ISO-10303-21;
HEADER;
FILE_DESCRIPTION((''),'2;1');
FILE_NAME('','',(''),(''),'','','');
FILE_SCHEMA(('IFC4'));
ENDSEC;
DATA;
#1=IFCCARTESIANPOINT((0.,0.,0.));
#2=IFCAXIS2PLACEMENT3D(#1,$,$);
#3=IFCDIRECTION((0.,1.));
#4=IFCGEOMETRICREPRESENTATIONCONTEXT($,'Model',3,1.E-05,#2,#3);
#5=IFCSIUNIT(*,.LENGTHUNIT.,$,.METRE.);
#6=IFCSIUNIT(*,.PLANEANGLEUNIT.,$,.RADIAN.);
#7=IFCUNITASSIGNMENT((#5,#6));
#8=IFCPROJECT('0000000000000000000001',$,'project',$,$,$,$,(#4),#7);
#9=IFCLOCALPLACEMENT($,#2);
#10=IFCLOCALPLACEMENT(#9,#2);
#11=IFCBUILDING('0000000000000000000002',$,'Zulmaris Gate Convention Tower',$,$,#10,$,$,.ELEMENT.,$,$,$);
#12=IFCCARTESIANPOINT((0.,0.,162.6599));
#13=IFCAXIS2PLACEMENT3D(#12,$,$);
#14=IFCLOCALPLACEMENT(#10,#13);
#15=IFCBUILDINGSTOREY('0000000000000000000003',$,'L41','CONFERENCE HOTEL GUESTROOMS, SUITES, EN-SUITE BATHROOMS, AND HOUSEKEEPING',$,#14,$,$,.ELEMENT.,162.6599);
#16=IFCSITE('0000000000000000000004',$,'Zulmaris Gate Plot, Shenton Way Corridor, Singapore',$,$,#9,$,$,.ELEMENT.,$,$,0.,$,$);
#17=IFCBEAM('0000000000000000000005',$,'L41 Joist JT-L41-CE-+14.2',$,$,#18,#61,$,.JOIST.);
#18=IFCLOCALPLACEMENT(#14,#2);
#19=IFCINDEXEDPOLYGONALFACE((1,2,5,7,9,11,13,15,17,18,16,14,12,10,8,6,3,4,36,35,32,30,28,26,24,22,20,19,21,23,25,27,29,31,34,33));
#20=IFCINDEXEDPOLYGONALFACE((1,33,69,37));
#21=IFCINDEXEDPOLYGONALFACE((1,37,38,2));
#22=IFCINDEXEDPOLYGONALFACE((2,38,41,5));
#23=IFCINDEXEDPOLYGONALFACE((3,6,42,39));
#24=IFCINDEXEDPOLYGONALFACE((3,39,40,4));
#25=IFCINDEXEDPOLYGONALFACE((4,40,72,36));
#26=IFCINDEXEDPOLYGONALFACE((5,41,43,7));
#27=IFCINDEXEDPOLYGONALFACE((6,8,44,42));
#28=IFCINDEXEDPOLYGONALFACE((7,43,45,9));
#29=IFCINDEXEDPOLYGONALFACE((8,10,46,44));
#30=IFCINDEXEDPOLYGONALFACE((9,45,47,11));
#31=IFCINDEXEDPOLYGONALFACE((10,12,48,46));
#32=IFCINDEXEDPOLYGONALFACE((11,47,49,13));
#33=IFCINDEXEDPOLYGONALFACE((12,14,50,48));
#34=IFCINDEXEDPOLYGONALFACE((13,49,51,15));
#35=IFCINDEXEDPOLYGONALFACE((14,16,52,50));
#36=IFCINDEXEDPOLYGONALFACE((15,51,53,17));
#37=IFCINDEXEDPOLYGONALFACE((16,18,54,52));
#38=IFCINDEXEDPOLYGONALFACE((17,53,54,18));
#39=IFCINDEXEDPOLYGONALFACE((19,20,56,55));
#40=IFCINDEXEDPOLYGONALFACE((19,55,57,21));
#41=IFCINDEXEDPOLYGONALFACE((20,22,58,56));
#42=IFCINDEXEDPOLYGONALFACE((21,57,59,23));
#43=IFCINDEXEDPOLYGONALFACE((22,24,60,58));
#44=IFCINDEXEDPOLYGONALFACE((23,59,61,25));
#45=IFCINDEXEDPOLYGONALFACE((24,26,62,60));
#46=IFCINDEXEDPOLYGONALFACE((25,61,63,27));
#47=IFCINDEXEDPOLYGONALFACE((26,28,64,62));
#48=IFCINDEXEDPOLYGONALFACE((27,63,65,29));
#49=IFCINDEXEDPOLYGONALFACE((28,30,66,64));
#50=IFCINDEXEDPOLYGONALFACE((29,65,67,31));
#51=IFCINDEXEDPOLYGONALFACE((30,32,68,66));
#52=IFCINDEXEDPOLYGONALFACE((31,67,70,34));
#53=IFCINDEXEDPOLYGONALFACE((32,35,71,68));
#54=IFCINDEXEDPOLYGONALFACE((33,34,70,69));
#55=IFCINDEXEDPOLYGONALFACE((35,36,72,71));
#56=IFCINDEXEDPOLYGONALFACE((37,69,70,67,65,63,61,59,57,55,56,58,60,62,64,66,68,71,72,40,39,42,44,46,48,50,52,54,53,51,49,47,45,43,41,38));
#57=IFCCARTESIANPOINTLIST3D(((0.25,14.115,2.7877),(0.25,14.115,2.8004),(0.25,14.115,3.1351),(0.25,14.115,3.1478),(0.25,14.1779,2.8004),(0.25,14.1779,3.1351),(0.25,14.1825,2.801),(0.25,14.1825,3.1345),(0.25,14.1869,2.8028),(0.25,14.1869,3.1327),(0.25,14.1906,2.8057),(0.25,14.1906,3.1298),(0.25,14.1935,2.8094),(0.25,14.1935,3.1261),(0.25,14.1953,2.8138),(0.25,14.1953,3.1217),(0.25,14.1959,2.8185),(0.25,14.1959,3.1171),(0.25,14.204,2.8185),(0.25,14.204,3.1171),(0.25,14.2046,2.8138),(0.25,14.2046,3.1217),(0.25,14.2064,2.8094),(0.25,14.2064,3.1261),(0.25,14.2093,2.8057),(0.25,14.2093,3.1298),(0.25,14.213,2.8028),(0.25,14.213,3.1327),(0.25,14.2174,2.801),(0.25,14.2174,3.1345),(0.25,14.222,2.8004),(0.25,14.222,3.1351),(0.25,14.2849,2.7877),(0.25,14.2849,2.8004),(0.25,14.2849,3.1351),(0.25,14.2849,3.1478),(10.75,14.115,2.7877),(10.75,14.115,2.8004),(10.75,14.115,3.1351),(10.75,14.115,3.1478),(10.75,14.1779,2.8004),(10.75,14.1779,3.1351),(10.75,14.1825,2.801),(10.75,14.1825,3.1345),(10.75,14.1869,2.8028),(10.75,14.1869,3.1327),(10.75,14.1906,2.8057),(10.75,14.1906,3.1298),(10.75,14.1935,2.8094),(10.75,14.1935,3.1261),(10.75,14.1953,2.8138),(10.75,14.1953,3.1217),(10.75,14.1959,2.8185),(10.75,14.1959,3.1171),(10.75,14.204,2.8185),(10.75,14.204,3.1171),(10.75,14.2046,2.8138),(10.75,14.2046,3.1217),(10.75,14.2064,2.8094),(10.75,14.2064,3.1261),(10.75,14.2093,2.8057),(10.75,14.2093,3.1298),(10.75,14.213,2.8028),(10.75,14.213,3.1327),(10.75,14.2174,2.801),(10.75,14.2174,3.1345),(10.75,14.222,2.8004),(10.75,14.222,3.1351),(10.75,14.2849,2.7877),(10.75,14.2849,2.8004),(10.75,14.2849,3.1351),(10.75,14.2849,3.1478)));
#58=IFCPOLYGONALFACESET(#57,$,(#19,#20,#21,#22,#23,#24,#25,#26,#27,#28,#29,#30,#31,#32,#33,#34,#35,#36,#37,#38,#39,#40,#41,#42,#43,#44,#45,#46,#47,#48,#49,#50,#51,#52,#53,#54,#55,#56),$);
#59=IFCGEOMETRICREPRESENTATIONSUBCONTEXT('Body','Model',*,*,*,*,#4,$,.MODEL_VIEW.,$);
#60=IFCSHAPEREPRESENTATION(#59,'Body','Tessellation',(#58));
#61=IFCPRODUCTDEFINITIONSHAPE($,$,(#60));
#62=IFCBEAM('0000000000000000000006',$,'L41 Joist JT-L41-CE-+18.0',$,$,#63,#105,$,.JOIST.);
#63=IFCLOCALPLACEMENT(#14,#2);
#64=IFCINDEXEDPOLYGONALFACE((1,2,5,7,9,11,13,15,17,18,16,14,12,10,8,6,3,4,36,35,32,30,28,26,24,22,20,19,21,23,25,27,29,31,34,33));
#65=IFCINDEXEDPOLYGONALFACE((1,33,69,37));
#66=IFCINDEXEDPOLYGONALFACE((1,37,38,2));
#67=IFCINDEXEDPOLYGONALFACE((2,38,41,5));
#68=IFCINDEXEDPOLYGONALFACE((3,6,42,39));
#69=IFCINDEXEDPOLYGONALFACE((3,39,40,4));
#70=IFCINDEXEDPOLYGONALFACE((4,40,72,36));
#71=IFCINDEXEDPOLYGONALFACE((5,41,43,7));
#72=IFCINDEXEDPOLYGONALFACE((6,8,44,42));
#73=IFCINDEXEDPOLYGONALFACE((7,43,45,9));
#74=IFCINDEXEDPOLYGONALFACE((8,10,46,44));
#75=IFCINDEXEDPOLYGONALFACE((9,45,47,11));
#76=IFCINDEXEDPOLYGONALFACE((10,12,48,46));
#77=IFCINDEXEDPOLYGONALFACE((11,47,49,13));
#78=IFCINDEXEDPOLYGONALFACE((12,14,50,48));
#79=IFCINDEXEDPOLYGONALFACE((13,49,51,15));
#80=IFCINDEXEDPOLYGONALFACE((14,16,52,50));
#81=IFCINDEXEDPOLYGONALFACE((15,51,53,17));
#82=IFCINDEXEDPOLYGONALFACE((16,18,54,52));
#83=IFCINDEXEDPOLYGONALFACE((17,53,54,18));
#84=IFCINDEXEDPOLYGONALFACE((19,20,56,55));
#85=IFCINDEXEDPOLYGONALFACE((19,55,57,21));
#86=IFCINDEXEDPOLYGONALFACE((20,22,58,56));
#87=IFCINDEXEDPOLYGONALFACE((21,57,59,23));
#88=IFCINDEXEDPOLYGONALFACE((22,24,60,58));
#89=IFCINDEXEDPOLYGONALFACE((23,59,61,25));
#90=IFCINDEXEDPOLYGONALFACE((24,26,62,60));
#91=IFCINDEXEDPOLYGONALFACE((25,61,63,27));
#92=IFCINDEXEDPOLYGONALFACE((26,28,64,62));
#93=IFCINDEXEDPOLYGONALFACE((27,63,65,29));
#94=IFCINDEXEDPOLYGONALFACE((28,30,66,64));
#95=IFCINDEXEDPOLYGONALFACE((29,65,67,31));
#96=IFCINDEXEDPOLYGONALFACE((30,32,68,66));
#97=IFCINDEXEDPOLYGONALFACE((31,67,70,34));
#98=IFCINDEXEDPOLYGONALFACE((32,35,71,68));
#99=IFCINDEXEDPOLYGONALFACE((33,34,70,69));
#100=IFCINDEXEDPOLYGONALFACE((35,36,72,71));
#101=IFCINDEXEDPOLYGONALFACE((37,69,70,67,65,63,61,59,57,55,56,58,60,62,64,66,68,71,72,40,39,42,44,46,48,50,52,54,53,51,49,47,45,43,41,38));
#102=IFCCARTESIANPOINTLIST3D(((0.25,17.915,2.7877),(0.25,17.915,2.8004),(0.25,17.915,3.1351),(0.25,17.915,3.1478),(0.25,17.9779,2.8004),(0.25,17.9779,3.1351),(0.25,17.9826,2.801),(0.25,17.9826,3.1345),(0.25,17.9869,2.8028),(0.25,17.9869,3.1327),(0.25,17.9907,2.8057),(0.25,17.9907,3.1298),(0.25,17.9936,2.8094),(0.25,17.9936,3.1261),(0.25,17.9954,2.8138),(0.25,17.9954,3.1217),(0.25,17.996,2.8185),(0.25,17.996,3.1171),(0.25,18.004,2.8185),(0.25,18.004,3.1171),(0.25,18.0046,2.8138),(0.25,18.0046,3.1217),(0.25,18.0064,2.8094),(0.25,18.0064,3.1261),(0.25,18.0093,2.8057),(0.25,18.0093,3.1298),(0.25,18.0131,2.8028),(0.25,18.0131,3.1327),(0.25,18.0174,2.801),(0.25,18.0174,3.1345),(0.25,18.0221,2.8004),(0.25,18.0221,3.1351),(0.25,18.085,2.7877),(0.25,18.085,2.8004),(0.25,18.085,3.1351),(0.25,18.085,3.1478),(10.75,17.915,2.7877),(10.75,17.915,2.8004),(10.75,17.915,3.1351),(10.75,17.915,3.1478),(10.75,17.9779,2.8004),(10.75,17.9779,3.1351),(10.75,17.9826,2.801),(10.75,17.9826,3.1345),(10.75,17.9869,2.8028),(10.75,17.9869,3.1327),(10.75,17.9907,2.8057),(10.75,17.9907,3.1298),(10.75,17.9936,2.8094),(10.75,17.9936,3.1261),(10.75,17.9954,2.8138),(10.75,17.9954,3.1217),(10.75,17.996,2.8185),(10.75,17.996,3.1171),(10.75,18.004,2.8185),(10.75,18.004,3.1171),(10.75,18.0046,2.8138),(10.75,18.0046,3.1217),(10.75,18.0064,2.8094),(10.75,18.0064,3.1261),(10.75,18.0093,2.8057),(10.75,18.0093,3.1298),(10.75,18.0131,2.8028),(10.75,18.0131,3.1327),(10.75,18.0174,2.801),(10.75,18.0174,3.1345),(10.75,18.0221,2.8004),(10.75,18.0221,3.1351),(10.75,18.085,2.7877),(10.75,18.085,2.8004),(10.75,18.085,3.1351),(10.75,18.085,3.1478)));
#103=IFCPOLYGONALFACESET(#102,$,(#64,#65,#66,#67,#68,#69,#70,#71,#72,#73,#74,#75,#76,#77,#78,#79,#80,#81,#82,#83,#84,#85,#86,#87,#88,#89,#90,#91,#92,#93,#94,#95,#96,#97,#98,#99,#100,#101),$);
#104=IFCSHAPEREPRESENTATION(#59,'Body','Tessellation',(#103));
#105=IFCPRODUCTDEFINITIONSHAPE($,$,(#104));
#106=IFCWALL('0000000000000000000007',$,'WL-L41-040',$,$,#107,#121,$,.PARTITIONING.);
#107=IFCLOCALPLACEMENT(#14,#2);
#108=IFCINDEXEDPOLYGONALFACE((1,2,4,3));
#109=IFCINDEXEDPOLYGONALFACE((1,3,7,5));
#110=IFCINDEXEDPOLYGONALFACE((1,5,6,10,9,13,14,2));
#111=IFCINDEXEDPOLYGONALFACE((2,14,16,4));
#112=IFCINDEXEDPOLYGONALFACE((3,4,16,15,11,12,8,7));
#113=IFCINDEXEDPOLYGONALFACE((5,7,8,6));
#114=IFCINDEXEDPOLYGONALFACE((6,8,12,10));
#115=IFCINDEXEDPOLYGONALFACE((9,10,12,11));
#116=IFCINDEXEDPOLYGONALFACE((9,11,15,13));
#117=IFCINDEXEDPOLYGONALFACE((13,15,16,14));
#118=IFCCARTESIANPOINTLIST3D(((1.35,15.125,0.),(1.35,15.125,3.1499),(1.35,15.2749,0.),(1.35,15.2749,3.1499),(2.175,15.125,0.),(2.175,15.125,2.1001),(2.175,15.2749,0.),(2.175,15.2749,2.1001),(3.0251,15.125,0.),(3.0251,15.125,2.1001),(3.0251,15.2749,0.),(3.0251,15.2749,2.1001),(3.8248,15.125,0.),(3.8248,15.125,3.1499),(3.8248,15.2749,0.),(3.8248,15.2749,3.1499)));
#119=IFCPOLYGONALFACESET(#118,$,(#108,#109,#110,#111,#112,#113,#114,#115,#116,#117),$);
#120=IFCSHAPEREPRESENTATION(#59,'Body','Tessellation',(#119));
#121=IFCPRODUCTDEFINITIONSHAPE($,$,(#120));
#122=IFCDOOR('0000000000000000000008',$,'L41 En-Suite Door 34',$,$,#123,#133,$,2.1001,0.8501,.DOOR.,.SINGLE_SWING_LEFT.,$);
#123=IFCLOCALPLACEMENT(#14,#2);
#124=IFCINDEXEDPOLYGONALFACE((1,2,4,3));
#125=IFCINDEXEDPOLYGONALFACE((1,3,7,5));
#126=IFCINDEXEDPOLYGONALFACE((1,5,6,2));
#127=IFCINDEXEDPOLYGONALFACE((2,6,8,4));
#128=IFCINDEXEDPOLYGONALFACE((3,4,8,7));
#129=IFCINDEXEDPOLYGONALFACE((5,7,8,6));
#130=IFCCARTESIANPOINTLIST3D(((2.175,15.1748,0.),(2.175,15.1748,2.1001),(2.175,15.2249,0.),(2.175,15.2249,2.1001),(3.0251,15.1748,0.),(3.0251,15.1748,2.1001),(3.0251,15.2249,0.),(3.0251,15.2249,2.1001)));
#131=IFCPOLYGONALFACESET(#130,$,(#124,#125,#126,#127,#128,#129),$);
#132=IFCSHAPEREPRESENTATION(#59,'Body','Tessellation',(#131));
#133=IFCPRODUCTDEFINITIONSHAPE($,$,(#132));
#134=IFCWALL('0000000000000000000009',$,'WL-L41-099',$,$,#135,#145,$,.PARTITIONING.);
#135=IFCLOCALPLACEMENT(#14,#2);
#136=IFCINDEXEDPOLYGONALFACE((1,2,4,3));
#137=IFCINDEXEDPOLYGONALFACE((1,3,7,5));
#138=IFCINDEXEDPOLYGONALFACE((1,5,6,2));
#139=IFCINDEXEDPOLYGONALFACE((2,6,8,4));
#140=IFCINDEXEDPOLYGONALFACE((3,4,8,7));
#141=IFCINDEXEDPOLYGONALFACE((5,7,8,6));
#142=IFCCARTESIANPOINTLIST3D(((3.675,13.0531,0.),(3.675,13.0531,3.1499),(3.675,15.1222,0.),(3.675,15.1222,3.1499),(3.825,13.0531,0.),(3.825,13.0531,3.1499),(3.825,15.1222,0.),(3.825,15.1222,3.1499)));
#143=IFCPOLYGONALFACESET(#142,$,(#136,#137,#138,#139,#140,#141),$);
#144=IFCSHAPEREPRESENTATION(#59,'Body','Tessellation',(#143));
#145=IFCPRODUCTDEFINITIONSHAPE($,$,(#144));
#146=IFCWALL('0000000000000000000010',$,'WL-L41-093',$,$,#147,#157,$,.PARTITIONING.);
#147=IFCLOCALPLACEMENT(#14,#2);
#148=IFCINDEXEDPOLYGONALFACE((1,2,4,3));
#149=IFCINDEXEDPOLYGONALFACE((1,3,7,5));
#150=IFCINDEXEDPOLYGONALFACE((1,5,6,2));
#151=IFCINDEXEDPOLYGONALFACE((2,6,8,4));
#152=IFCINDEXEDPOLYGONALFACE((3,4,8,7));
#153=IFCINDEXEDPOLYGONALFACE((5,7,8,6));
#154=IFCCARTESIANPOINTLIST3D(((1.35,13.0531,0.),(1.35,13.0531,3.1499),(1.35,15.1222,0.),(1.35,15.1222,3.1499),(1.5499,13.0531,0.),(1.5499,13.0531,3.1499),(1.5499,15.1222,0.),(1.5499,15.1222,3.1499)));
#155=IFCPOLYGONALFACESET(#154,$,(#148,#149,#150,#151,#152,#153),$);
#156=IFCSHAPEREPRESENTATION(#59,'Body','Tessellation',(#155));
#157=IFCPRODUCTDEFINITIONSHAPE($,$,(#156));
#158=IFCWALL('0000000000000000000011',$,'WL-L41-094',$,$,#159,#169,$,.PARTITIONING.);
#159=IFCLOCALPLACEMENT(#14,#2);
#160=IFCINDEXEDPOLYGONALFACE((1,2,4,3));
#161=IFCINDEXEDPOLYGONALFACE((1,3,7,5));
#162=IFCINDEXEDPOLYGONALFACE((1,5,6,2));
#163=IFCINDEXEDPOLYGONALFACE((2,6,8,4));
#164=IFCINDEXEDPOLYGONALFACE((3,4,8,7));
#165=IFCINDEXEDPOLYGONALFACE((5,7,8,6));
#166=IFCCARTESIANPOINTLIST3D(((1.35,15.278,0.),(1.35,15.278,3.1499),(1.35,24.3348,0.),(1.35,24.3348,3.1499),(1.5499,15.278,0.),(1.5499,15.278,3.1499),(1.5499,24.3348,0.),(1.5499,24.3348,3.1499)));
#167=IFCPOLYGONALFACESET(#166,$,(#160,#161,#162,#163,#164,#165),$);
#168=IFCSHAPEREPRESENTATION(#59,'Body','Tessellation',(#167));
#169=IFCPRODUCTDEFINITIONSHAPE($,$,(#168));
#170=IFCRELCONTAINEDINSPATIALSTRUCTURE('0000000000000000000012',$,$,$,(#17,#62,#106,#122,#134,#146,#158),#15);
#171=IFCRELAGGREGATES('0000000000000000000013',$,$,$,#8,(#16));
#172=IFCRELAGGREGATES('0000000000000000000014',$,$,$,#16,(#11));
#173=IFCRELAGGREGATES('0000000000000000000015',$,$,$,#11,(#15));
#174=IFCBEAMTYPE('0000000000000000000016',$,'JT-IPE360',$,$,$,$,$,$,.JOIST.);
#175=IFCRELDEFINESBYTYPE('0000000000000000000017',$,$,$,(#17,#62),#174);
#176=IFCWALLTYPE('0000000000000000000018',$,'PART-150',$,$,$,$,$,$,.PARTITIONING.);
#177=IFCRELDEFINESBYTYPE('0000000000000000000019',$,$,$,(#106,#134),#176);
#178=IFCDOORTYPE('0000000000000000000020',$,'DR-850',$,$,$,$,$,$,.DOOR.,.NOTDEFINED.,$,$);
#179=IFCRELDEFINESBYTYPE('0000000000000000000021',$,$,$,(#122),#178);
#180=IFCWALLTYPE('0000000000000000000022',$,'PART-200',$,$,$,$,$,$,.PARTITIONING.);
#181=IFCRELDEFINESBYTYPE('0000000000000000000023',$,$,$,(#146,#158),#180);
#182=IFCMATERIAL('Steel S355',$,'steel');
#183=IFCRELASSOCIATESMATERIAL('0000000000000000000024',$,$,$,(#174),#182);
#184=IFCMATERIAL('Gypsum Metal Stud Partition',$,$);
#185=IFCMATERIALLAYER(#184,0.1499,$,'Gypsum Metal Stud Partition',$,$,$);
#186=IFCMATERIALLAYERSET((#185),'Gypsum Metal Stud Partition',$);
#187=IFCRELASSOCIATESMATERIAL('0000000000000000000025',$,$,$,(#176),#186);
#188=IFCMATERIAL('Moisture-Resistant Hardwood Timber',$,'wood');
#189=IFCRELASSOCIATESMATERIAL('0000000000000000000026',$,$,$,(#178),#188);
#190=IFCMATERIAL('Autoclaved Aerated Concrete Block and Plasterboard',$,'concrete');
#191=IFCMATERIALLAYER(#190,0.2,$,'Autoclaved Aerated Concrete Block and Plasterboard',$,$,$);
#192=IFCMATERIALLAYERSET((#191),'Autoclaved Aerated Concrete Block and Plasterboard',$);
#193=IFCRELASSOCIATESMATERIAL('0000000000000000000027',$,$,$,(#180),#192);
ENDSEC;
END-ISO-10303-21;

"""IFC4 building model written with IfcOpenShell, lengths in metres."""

from ifc_helpers import new_model, si_unit, direction, frame, frame_2d, origin, origin_2d, place, context, subcontext, project, spatial, rectangle, i_section, extrude, material, layer, layer_set, material_profile, profile_set, type_object, element, fill, save


model = new_model("IFC4")

# Units and contexts
model_context = context("Model", 3, precision=1e-05, world=origin(), true_north=direction((0.0, 1.0)))
body_context = subcontext(model_context, "Body", "Model", "MODEL_VIEW")
ifc_project = project(units=[si_unit("LENGTHUNIT", "METRE"), si_unit("PLANEANGLEUNIT", "RADIAN")], contexts=[model_context])

# Site, building, storey
site_placement = place(None, origin())
site = spatial("IfcSite", under=ifc_project, at=site_placement, Name="Zulmaris Gate Plot, Shenton Way Corridor, Singapore", CompositionType="ELEMENT", RefElevation=0.0)
building_placement = place(site_placement, origin())
building = spatial("IfcBuilding", under=site, at=building_placement, Name="Zulmaris Gate Convention Tower", CompositionType="ELEMENT")
storey_placement = place(building_placement, frame((0.0, 0.0, 162.6599)))
storey = spatial("IfcBuildingStorey", under=building, at=storey_placement, Name="L41", Description="CONFERENCE HOTEL GUESTROOMS, SUITES, EN-SUITE BATHROOMS, AND HOUSEKEEPING", CompositionType="ELEMENT", Elevation=162.6599)

# Beams
ifc_material_1 = material(Name="Steel S355", Category="steel")
ifc_material_profile = material_profile(ifc_material_1, i_section(OverallWidth=0.1699, OverallDepth=0.3601, WebThickness=0.0081, FlangeThickness=0.0127, FilletRadius=0.0181, at=origin_2d()), Name="IPE 360")
ifc_profile_set = profile_set([ifc_material_profile], Name="Steel S355")
beam_type = type_object("IfcBeamType", Name="JT-IPE360", PredefinedType="JOIST", material=ifc_profile_set)
for number, where, z_axis, x_axis, name in (
    (1, (0.25, 14.2, 2.9678), (1.0, 0.0, 0.0), (0.0, 1.0, 0.0), "L41 Joist JT-L41-CE-+14.2"),
    (2, (0.25, 18.0, 2.9678), (1.0, 0.0, 0.0), (0.0, 1.0, 0.0), "L41 Joist JT-L41-CE-+18.0"),
):
    element("IfcBeam", number, at=place(storey_placement, frame(where, z_axis=z_axis, x_axis=x_axis)), inside=storey, type_object=beam_type, Name=name, PredefinedType="JOIST", context=body_context, shape_type="SweptSolid", body=[
        extrude(i_section(OverallWidth=0.1699, OverallDepth=0.3601, WebThickness=0.0081, FlangeThickness=0.0127, FilletRadius=0.0181, at=origin_2d()), origin(), (0.0, 0.0, 1.0), 10.5),
    ])

# Wall, opening, door
ifc_material_2 = material(Name="Gypsum Metal Stud Partition")
ifc_layer_1 = layer(ifc_material_2, 0.1499, Name="Gypsum Metal Stud Partition")
ifc_layer_set_1 = layer_set([ifc_layer_1], Name="Gypsum Metal Stud Partition")
wall_type_1 = type_object("IfcWallType", Name="PART-150", PredefinedType="PARTITIONING", material=ifc_layer_set_1)
wall_1_placement = place(storey_placement, frame((1.3501, 15.2, 0.0), z_axis=(0.0, 0.0, 1.0), x_axis=(1.0, 0.0, 0.0)))
wall_1 = element("IfcWall", 3, at=wall_1_placement, inside=storey, type_object=wall_type_1, Name="WL-L41-040", PredefinedType="PARTITIONING", context=body_context, shape_type="SweptSolid", body=[
    extrude(rectangle(XDim=2.4749, YDim=0.1499, at=frame_2d((1.2373, 0.0))), origin(), (0.0, 0.0, 1.0), 3.1499),
])
opening_1_placement = place(wall_1_placement, frame((0.825, 0.0, 0.0)))
opening_1 = element("IfcOpeningElement", 4, at=opening_1_placement, cuts=wall_1, PredefinedType="OPENING", context=body_context, shape_type="SweptSolid", body=[
    extrude(rectangle(XDim=0.8501, YDim=2.1001, at=frame_2d((0.425, 1.05))), frame((0.0, 0.085, 0.0), z_axis=(0.0, -1.0, 0.0), x_axis=(1.0, 0.0, 0.0)), (0.0, 0.0, 1.0), 0.1699),
])
ifc_material_3 = material(Name="Moisture-Resistant Hardwood Timber", Category="wood")
door_type = type_object("IfcDoorType", Name="DR-850", OperationType="NOTDEFINED", PredefinedType="DOOR", material=ifc_material_3)
door_placement = place(opening_1_placement, origin())
door = element("IfcDoor", 5, at=door_placement, inside=storey, type_object=door_type, Name="L41 En-Suite Door 34", OperationType="SINGLE_SWING_LEFT", OverallHeight=2.1001, OverallWidth=0.8501, PredefinedType="DOOR", context=body_context, shape_type="SweptSolid", body=[
    extrude(rectangle(XDim=0.8501, YDim=2.1001, at=frame_2d((0.425, 1.05))), frame((0.0, 0.0249, 0.0), z_axis=(0.0, -1.0, 0.0), x_axis=(1.0, 0.0, 0.0)), (0.0, 0.0, 1.0), 0.05),
])
fill(opening_1, door)

# Walls
wall_2_placement = place(storey_placement, frame((3.75, 13.053, 0.0), z_axis=(0.0, 0.0, 1.0), x_axis=(0.0, 1.0, 0.0)))
element("IfcWall", 6, at=wall_2_placement, inside=storey, type_object=wall_type_1, Name="WL-L41-099", PredefinedType="PARTITIONING", context=body_context, shape_type="SweptSolid", body=[
    extrude(rectangle(XDim=2.0691, YDim=0.1499, at=frame_2d((1.0347, 0.0))), origin(), (0.0, 0.0, 1.0), 3.1499),
])
ifc_material_4 = material(Name="Autoclaved Aerated Concrete Block and Plasterboard", Category="concrete")
ifc_layer_2 = layer(ifc_material_4, 0.2, Name="Autoclaved Aerated Concrete Block and Plasterboard")
ifc_layer_set_2 = layer_set([ifc_layer_2], Name="Autoclaved Aerated Concrete Block and Plasterboard")
wall_type_2 = type_object("IfcWallType", Name="PART-200", PredefinedType="PARTITIONING", material=ifc_layer_set_2)
wall_3_placement = place(storey_placement, frame((1.45, 13.053, 0.0), z_axis=(0.0, 0.0, 1.0), x_axis=(0.0, 1.0, 0.0)))
element("IfcWall", 7, at=wall_3_placement, inside=storey, type_object=wall_type_2, Name="WL-L41-093", PredefinedType="PARTITIONING", context=body_context, shape_type="SweptSolid", body=[
    extrude(rectangle(XDim=2.0691, YDim=0.2, at=frame_2d((1.0347, 0.0))), origin(), (0.0, 0.0, 1.0), 3.1499),
])
wall_4_placement = place(storey_placement, frame((1.45, 15.2781, 0.0), z_axis=(0.0, 0.0, 1.0), x_axis=(0.0, 1.0, 0.0)))
element("IfcWall", 8, at=wall_4_placement, inside=storey, type_object=wall_type_2, Name="WL-L41-094", PredefinedType="PARTITIONING", context=body_context, shape_type="SweptSolid", body=[
    extrude(rectangle(XDim=9.0569, YDim=0.2, at=frame_2d((4.5283, 0.0))), origin(), (0.0, 0.0, 1.0), 3.1499),
])

save(model, "model.ifc")
